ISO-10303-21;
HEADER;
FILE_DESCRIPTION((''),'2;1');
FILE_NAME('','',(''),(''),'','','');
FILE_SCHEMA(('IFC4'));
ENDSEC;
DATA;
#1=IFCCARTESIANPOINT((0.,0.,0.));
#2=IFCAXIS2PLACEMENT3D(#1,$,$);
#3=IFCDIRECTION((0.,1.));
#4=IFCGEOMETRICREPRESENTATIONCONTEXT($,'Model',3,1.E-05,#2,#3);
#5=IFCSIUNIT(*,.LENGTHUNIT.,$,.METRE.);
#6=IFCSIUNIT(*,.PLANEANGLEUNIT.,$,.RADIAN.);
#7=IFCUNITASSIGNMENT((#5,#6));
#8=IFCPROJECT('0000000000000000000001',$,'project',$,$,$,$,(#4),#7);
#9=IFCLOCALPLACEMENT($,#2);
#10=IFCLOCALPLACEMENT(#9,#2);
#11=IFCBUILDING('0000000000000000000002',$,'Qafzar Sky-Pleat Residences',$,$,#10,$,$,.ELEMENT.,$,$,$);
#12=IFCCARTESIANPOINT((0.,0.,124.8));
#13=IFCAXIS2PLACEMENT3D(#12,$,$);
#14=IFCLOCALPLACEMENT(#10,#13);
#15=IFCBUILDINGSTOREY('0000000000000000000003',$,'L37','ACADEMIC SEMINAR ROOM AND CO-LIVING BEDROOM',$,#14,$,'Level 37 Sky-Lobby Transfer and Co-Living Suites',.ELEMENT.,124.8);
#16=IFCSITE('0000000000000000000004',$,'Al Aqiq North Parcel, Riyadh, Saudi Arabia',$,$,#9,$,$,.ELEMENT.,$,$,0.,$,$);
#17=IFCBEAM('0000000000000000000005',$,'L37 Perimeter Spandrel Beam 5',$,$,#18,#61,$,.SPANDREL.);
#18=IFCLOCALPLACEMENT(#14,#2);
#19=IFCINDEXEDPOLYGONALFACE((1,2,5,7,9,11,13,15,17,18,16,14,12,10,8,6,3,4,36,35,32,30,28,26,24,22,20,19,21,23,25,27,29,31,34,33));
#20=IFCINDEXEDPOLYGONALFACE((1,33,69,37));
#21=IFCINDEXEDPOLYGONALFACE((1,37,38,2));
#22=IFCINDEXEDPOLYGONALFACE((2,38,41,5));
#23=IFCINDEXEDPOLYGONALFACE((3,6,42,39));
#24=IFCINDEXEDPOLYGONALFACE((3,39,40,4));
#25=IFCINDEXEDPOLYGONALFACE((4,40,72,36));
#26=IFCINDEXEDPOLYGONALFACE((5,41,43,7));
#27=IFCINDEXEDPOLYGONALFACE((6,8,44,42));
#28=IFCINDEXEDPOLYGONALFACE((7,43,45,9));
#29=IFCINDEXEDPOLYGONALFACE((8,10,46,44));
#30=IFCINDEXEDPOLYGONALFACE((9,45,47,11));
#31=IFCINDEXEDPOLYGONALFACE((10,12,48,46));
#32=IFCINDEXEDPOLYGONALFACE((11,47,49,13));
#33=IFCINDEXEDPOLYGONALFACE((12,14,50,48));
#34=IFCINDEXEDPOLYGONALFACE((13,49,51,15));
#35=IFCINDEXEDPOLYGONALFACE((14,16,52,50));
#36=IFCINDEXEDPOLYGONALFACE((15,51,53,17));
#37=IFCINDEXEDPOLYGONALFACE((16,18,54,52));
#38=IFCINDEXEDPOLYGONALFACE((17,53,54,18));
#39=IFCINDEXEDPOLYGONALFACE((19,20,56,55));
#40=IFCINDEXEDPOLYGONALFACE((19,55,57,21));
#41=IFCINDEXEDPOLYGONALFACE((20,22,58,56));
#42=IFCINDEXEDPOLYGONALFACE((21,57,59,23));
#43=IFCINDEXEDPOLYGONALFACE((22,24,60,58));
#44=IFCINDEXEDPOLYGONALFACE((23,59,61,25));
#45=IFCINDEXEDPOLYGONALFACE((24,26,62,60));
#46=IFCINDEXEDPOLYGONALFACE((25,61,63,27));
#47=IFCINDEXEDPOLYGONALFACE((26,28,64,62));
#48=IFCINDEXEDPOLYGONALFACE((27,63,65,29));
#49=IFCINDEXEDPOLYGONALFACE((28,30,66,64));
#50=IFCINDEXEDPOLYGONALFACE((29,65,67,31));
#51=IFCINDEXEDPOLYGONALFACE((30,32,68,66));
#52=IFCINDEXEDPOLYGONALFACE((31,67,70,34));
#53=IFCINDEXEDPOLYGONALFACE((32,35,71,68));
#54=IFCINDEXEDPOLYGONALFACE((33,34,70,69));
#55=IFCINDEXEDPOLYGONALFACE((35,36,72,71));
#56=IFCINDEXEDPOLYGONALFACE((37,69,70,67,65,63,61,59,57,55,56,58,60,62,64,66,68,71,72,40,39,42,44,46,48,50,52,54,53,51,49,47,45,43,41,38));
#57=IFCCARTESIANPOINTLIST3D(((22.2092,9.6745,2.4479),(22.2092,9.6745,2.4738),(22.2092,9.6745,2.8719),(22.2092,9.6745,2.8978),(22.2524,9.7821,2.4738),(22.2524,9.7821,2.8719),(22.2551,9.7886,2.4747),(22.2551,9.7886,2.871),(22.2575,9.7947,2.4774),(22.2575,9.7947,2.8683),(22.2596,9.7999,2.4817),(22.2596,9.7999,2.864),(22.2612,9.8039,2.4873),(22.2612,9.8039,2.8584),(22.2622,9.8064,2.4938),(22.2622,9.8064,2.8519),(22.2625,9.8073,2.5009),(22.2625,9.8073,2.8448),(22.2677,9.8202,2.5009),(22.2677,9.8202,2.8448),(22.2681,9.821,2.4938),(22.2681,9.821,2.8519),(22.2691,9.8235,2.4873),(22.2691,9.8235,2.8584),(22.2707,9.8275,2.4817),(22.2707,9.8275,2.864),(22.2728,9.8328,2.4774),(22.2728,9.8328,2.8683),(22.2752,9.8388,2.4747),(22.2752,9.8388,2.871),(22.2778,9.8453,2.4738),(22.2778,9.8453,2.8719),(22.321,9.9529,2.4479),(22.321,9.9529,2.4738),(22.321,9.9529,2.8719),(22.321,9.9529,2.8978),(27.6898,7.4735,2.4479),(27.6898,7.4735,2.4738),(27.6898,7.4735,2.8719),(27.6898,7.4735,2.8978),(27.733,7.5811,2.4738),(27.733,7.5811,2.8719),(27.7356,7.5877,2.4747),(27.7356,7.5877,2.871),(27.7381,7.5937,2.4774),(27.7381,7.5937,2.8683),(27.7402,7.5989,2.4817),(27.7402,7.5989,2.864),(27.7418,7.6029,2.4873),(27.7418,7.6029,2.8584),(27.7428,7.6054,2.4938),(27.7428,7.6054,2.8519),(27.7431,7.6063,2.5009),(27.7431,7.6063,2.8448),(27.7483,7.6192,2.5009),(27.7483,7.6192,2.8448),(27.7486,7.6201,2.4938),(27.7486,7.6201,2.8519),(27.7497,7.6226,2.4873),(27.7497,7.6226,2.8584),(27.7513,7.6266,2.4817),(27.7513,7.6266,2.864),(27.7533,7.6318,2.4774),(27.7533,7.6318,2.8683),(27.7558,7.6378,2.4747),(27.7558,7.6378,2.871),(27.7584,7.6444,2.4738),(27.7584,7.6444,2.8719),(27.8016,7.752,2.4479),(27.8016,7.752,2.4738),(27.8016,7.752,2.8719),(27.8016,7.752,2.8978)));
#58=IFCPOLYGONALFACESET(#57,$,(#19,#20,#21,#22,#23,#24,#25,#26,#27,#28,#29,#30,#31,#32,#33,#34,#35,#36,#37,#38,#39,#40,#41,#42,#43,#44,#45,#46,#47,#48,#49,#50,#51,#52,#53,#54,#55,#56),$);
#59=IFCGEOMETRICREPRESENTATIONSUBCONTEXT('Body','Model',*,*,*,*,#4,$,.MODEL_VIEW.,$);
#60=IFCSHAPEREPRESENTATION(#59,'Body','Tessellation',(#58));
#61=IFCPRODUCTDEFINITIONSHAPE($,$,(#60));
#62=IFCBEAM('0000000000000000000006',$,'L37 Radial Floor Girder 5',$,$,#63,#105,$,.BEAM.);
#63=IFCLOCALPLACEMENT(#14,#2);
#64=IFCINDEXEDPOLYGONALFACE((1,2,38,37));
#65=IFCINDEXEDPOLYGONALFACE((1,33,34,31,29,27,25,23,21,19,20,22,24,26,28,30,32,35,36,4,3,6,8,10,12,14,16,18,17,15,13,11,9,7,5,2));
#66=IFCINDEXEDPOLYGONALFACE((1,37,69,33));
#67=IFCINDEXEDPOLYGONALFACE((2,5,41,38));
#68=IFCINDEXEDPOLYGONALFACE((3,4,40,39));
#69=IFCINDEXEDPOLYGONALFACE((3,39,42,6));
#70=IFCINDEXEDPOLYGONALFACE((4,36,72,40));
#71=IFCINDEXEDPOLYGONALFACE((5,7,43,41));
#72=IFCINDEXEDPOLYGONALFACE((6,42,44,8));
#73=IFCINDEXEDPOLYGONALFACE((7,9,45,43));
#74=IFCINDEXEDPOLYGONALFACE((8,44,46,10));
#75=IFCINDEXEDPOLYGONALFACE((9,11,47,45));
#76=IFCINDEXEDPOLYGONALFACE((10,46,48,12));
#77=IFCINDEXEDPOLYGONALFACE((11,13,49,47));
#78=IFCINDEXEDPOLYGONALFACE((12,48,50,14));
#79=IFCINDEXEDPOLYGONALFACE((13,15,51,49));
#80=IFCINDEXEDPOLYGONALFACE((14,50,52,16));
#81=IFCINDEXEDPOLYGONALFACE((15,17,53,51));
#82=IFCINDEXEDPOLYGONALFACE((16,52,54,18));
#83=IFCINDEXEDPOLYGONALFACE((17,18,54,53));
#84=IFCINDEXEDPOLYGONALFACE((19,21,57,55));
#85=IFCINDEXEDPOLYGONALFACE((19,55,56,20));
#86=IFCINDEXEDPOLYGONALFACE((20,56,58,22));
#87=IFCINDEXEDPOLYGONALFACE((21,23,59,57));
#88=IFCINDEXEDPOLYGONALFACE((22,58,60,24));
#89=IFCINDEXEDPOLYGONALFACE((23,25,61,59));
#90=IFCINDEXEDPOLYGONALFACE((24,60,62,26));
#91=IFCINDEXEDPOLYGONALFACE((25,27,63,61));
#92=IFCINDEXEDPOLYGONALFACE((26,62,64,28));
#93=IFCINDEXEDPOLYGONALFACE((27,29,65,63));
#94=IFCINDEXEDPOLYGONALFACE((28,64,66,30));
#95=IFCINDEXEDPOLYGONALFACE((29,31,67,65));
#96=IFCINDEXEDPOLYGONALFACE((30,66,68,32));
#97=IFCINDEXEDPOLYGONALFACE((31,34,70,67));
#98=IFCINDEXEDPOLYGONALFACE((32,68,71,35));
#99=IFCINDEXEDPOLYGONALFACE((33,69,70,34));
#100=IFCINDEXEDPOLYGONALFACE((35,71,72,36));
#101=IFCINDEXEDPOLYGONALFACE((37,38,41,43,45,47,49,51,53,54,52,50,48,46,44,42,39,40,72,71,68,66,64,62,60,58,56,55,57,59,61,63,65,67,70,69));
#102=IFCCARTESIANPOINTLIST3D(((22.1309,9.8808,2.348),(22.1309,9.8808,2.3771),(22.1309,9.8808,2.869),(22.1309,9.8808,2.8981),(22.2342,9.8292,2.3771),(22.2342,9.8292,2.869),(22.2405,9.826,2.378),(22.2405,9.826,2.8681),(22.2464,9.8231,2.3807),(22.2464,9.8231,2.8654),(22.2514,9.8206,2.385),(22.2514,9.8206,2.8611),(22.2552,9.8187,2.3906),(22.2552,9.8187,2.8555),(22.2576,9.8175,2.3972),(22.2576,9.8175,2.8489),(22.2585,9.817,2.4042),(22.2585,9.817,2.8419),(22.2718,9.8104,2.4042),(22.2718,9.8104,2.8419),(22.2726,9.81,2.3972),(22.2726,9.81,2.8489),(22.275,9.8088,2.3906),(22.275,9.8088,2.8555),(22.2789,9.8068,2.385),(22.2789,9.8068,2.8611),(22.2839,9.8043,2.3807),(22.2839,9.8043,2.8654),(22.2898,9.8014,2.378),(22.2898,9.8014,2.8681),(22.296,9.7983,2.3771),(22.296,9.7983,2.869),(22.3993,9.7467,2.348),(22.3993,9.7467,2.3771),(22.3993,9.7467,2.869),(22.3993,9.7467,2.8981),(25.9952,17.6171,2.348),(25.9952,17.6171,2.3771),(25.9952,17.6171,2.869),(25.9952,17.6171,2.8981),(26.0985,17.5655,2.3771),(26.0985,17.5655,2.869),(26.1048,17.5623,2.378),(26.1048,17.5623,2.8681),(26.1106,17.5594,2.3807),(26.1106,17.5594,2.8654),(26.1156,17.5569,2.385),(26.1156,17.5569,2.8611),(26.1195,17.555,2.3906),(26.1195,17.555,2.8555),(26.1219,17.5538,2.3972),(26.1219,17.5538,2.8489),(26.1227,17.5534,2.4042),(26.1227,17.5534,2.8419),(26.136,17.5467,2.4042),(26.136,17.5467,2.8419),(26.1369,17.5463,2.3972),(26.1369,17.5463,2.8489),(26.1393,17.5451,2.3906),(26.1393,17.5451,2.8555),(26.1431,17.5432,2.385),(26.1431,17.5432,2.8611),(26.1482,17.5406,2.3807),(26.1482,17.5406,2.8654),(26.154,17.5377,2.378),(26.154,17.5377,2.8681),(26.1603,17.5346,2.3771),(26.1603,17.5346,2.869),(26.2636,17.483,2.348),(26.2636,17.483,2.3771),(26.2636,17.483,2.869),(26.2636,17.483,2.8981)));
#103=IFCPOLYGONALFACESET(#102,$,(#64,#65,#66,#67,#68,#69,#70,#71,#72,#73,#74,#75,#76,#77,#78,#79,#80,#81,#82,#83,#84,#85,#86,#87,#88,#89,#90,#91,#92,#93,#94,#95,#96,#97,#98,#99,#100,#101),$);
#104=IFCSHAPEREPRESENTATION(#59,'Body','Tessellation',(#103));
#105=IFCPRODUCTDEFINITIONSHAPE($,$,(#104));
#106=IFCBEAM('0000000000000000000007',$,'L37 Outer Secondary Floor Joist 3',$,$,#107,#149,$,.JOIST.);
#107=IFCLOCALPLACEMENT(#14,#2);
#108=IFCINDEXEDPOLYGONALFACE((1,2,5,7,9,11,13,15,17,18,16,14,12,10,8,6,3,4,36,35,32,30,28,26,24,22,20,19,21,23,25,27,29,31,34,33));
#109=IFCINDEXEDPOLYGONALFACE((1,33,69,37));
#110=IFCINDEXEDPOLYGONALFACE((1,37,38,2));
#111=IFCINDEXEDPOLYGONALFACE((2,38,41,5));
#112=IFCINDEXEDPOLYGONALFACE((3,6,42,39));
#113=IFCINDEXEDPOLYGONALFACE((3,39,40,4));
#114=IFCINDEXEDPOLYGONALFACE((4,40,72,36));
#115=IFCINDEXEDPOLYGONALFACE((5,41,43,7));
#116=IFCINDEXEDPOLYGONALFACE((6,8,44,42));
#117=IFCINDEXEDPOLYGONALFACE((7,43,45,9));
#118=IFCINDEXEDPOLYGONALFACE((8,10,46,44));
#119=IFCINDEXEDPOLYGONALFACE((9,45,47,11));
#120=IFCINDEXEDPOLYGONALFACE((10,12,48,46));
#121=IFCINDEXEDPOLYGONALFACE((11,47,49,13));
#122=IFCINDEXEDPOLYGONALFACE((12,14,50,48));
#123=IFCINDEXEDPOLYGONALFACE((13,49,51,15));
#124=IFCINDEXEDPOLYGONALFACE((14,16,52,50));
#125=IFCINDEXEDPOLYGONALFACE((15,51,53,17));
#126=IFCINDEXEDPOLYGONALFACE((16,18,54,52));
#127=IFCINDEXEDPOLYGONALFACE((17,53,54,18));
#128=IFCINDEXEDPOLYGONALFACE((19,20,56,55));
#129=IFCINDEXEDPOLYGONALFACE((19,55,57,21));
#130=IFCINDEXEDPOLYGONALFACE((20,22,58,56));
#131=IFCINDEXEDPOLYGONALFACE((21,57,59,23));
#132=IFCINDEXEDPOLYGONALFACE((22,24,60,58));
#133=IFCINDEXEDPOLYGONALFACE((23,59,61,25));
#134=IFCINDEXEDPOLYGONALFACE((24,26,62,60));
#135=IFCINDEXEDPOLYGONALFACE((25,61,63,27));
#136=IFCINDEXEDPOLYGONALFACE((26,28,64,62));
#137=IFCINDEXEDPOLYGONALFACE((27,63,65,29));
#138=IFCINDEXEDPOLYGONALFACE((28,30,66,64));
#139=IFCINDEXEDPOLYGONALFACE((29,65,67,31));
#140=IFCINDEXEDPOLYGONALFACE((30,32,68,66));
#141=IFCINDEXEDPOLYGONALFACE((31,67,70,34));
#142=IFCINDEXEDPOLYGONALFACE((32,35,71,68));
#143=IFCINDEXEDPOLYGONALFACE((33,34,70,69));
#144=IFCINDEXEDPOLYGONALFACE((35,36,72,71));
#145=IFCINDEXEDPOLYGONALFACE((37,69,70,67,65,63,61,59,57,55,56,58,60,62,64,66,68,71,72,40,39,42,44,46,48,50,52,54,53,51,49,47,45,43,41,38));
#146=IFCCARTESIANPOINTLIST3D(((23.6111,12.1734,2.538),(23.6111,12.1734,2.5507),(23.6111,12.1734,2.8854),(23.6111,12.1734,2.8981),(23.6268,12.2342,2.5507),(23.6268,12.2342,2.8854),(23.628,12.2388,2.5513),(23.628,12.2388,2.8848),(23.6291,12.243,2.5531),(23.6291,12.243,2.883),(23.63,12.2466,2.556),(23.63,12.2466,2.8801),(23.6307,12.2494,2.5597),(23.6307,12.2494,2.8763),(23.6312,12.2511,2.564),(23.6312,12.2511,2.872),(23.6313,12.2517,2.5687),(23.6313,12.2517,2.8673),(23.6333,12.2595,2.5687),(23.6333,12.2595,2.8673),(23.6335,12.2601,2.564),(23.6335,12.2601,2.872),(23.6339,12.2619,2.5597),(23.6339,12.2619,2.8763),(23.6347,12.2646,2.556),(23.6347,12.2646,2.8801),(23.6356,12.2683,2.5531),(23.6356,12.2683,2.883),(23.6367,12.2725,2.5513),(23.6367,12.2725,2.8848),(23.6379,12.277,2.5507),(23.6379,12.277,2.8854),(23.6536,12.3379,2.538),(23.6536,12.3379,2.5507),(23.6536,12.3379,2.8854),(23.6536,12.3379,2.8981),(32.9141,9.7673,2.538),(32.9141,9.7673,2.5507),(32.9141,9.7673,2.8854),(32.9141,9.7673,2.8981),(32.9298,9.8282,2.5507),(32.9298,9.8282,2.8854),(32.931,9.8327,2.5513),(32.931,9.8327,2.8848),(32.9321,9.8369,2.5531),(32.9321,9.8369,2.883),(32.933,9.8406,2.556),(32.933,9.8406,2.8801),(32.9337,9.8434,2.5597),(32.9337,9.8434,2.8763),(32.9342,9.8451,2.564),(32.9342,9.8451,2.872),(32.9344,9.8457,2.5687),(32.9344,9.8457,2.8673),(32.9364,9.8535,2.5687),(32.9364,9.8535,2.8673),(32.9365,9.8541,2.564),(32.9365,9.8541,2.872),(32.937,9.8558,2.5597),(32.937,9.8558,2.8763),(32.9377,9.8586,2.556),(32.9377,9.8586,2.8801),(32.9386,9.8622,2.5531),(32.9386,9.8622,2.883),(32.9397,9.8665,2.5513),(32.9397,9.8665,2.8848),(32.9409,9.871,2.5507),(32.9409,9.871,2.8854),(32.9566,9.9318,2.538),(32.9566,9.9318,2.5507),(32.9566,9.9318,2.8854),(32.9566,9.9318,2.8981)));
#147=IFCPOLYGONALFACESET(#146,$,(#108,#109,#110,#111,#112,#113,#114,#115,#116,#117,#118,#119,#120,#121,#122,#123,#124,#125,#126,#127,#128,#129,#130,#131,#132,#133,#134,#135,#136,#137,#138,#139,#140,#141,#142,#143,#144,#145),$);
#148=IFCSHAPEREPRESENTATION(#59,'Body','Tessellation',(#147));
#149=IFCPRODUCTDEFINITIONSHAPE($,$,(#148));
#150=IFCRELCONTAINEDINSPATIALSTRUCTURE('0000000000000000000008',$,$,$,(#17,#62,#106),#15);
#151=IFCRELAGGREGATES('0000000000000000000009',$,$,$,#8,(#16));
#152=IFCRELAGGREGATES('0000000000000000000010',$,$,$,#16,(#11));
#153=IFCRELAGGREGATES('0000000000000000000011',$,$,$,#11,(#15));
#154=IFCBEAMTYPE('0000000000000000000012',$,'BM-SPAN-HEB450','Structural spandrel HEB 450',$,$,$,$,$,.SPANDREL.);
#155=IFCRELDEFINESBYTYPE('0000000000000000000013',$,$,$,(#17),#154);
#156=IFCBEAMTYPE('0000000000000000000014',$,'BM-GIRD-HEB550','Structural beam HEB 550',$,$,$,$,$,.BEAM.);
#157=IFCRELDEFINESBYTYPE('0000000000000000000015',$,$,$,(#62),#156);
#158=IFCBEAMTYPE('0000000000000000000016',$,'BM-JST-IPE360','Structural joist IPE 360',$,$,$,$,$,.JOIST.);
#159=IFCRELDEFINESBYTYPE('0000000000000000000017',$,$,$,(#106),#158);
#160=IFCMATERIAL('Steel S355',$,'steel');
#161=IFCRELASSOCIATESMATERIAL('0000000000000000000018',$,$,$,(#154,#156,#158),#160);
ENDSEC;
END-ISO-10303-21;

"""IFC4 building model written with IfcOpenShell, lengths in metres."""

from ifc_helpers import new_model, si_unit, direction, frame, origin, origin_2d, place, context, subcontext, project, spatial, i_section, extrude, source, transform, mapped, material, material_profile, profile_set, type_object, element, save


model = new_model("IFC4")

# Units and contexts
model_context = context("Model", 3, precision=1e-05, world=origin(), true_north=direction((0.0, 1.0)))
body_context = subcontext(model_context, "Body", "Model", "MODEL_VIEW")
ifc_project = project(units=[si_unit("LENGTHUNIT", "METRE"), si_unit("PLANEANGLEUNIT", "RADIAN")], contexts=[model_context])

# Site, building, storey
site_placement = place(None, origin())
site = spatial("IfcSite", under=ifc_project, at=site_placement, Name="Al Aqiq North Parcel, Riyadh, Saudi Arabia", CompositionType="ELEMENT", RefElevation=0.0)
building_placement = place(site_placement, origin())
building = spatial("IfcBuilding", under=site, at=building_placement, Name="Qafzar Sky-Pleat Residences", CompositionType="ELEMENT")
storey_placement = place(building_placement, frame((0.0, 0.0, 124.8)))
storey = spatial("IfcBuildingStorey", under=building, at=storey_placement, Name="L37", Description="ACADEMIC SEMINAR ROOM AND CO-LIVING BEDROOM", LongName="Level 37 Sky-Lobby Transfer and Co-Living Suites", CompositionType="ELEMENT", Elevation=124.8)

# Beams
ifc_material_1 = material(Name="Steel S355", Category="steel")
ifc_material_profile_1 = material_profile(ifc_material_1, i_section(OverallWidth=0.3, OverallDepth=0.45, WebThickness=0.0139, FlangeThickness=0.0259, FilletRadius=0.0271, at=origin_2d()), Name="HEB 450")
ifc_profile_set_1 = profile_set([ifc_material_profile_1], Name="Steel S355")
beam_type_1 = type_object("IfcBeamType", Name="BM-SPAN-HEB450", Description="Structural spandrel HEB 450", PredefinedType="SPANDREL", material=ifc_profile_set_1)
shared_shape_1 = source(origin(), body_context, "Body", "SweptSolid", [
    extrude(i_section(OverallWidth=0.3, OverallDepth=0.45, WebThickness=0.0139, FlangeThickness=0.0259, FilletRadius=0.0271, at=origin_2d()), origin(), (0.0, 0.0, 1.0), 5.906),
])
beam_1_placement = place(storey_placement, frame((22.2651, 9.8137, 2.6729), z_axis=(0.927965, -0.372666, 0.0), x_axis=(0.372666, 0.927965, 0.0)))
element("IfcBeam", 1, at=beam_1_placement, inside=storey, type_object=beam_type_1, Name="L37 Perimeter Spandrel Beam 5", PredefinedType="SPANDREL", context=body_context, shape_type="MappedRepresentation", body=[
    mapped(shared_shape_1, transform((0.0, 0.0, 0.0), x_axis=(1.0, 0.0, 0.0), y_axis=(0.0, 1.0, 0.0), z_axis=(0.0, 0.0, 1.0), scale=1.0)),
])
ifc_material_profile_2 = material_profile(ifc_material_1, i_section(OverallWidth=0.3, OverallDepth=0.55, WebThickness=0.0149, FlangeThickness=0.0291, FilletRadius=0.0271, at=origin_2d()), Name="HEB 550")
ifc_profile_set_2 = profile_set([ifc_material_profile_2], Name="Steel S355")
beam_type_2 = type_object("IfcBeamType", Name="BM-GIRD-HEB550", Description="Structural beam HEB 550", PredefinedType="BEAM", material=ifc_profile_set_2)
shared_shape_2 = source(origin(), body_context, "Body", "SweptSolid", [
    extrude(i_section(OverallWidth=0.3, OverallDepth=0.55, WebThickness=0.0149, FlangeThickness=0.0291, FilletRadius=0.0271, at=origin_2d()), origin(), (0.0, 0.0, 1.0), 8.6477),
])
beam_2_placement = place(storey_placement, frame((22.2651, 9.8137, 2.623), z_axis=(0.446852, 0.894608, 0.0), x_axis=(-0.894608, 0.446852, 0.0)))
element("IfcBeam", 2, at=beam_2_placement, inside=storey, type_object=beam_type_2, Name="L37 Radial Floor Girder 5", PredefinedType="BEAM", context=body_context, shape_type="MappedRepresentation", body=[
    mapped(shared_shape_2, transform((0.0, 0.0, 0.0), x_axis=(1.0, 0.0, 0.0), y_axis=(0.0, 1.0, 0.0), z_axis=(0.0, 0.0, 1.0), scale=1.0)),
])
ifc_material_profile_3 = material_profile(ifc_material_1, i_section(OverallWidth=0.1699, OverallDepth=0.3601, WebThickness=0.0081, FlangeThickness=0.0127, FilletRadius=0.0181, at=origin_2d()), Name="IPE 360")
ifc_profile_set_3 = profile_set([ifc_material_profile_3], Name="Steel S355")
beam_type_3 = type_object("IfcBeamType", Name="BM-JST-IPE360", Description="Structural joist IPE 360", PredefinedType="JOIST", material=ifc_profile_set_3)
shared_shape_3 = source(origin(), body_context, "Body", "SweptSolid", [
    extrude(i_section(OverallWidth=0.1699, OverallDepth=0.3601, WebThickness=0.0081, FlangeThickness=0.0127, FilletRadius=0.0181, at=origin_2d()), origin(), (0.0, 0.0, 1.0), 9.6091),
])
beam_3_placement = place(storey_placement, frame((23.6323, 12.2556, 2.718), z_axis=(0.968145, -0.250389, 0.0), x_axis=(0.250389, 0.968145, 0.0)))
element("IfcBeam", 3, at=beam_3_placement, inside=storey, type_object=beam_type_3, Name="L37 Outer Secondary Floor Joist 3", PredefinedType="JOIST", context=body_context, shape_type="MappedRepresentation", body=[
    mapped(shared_shape_3, transform((0.0, 0.0, 0.0), x_axis=(1.0, 0.0, 0.0), y_axis=(0.0, 1.0, 0.0), z_axis=(0.0, 0.0, 1.0), scale=1.0)),
])

save(model, "model.ifc")
